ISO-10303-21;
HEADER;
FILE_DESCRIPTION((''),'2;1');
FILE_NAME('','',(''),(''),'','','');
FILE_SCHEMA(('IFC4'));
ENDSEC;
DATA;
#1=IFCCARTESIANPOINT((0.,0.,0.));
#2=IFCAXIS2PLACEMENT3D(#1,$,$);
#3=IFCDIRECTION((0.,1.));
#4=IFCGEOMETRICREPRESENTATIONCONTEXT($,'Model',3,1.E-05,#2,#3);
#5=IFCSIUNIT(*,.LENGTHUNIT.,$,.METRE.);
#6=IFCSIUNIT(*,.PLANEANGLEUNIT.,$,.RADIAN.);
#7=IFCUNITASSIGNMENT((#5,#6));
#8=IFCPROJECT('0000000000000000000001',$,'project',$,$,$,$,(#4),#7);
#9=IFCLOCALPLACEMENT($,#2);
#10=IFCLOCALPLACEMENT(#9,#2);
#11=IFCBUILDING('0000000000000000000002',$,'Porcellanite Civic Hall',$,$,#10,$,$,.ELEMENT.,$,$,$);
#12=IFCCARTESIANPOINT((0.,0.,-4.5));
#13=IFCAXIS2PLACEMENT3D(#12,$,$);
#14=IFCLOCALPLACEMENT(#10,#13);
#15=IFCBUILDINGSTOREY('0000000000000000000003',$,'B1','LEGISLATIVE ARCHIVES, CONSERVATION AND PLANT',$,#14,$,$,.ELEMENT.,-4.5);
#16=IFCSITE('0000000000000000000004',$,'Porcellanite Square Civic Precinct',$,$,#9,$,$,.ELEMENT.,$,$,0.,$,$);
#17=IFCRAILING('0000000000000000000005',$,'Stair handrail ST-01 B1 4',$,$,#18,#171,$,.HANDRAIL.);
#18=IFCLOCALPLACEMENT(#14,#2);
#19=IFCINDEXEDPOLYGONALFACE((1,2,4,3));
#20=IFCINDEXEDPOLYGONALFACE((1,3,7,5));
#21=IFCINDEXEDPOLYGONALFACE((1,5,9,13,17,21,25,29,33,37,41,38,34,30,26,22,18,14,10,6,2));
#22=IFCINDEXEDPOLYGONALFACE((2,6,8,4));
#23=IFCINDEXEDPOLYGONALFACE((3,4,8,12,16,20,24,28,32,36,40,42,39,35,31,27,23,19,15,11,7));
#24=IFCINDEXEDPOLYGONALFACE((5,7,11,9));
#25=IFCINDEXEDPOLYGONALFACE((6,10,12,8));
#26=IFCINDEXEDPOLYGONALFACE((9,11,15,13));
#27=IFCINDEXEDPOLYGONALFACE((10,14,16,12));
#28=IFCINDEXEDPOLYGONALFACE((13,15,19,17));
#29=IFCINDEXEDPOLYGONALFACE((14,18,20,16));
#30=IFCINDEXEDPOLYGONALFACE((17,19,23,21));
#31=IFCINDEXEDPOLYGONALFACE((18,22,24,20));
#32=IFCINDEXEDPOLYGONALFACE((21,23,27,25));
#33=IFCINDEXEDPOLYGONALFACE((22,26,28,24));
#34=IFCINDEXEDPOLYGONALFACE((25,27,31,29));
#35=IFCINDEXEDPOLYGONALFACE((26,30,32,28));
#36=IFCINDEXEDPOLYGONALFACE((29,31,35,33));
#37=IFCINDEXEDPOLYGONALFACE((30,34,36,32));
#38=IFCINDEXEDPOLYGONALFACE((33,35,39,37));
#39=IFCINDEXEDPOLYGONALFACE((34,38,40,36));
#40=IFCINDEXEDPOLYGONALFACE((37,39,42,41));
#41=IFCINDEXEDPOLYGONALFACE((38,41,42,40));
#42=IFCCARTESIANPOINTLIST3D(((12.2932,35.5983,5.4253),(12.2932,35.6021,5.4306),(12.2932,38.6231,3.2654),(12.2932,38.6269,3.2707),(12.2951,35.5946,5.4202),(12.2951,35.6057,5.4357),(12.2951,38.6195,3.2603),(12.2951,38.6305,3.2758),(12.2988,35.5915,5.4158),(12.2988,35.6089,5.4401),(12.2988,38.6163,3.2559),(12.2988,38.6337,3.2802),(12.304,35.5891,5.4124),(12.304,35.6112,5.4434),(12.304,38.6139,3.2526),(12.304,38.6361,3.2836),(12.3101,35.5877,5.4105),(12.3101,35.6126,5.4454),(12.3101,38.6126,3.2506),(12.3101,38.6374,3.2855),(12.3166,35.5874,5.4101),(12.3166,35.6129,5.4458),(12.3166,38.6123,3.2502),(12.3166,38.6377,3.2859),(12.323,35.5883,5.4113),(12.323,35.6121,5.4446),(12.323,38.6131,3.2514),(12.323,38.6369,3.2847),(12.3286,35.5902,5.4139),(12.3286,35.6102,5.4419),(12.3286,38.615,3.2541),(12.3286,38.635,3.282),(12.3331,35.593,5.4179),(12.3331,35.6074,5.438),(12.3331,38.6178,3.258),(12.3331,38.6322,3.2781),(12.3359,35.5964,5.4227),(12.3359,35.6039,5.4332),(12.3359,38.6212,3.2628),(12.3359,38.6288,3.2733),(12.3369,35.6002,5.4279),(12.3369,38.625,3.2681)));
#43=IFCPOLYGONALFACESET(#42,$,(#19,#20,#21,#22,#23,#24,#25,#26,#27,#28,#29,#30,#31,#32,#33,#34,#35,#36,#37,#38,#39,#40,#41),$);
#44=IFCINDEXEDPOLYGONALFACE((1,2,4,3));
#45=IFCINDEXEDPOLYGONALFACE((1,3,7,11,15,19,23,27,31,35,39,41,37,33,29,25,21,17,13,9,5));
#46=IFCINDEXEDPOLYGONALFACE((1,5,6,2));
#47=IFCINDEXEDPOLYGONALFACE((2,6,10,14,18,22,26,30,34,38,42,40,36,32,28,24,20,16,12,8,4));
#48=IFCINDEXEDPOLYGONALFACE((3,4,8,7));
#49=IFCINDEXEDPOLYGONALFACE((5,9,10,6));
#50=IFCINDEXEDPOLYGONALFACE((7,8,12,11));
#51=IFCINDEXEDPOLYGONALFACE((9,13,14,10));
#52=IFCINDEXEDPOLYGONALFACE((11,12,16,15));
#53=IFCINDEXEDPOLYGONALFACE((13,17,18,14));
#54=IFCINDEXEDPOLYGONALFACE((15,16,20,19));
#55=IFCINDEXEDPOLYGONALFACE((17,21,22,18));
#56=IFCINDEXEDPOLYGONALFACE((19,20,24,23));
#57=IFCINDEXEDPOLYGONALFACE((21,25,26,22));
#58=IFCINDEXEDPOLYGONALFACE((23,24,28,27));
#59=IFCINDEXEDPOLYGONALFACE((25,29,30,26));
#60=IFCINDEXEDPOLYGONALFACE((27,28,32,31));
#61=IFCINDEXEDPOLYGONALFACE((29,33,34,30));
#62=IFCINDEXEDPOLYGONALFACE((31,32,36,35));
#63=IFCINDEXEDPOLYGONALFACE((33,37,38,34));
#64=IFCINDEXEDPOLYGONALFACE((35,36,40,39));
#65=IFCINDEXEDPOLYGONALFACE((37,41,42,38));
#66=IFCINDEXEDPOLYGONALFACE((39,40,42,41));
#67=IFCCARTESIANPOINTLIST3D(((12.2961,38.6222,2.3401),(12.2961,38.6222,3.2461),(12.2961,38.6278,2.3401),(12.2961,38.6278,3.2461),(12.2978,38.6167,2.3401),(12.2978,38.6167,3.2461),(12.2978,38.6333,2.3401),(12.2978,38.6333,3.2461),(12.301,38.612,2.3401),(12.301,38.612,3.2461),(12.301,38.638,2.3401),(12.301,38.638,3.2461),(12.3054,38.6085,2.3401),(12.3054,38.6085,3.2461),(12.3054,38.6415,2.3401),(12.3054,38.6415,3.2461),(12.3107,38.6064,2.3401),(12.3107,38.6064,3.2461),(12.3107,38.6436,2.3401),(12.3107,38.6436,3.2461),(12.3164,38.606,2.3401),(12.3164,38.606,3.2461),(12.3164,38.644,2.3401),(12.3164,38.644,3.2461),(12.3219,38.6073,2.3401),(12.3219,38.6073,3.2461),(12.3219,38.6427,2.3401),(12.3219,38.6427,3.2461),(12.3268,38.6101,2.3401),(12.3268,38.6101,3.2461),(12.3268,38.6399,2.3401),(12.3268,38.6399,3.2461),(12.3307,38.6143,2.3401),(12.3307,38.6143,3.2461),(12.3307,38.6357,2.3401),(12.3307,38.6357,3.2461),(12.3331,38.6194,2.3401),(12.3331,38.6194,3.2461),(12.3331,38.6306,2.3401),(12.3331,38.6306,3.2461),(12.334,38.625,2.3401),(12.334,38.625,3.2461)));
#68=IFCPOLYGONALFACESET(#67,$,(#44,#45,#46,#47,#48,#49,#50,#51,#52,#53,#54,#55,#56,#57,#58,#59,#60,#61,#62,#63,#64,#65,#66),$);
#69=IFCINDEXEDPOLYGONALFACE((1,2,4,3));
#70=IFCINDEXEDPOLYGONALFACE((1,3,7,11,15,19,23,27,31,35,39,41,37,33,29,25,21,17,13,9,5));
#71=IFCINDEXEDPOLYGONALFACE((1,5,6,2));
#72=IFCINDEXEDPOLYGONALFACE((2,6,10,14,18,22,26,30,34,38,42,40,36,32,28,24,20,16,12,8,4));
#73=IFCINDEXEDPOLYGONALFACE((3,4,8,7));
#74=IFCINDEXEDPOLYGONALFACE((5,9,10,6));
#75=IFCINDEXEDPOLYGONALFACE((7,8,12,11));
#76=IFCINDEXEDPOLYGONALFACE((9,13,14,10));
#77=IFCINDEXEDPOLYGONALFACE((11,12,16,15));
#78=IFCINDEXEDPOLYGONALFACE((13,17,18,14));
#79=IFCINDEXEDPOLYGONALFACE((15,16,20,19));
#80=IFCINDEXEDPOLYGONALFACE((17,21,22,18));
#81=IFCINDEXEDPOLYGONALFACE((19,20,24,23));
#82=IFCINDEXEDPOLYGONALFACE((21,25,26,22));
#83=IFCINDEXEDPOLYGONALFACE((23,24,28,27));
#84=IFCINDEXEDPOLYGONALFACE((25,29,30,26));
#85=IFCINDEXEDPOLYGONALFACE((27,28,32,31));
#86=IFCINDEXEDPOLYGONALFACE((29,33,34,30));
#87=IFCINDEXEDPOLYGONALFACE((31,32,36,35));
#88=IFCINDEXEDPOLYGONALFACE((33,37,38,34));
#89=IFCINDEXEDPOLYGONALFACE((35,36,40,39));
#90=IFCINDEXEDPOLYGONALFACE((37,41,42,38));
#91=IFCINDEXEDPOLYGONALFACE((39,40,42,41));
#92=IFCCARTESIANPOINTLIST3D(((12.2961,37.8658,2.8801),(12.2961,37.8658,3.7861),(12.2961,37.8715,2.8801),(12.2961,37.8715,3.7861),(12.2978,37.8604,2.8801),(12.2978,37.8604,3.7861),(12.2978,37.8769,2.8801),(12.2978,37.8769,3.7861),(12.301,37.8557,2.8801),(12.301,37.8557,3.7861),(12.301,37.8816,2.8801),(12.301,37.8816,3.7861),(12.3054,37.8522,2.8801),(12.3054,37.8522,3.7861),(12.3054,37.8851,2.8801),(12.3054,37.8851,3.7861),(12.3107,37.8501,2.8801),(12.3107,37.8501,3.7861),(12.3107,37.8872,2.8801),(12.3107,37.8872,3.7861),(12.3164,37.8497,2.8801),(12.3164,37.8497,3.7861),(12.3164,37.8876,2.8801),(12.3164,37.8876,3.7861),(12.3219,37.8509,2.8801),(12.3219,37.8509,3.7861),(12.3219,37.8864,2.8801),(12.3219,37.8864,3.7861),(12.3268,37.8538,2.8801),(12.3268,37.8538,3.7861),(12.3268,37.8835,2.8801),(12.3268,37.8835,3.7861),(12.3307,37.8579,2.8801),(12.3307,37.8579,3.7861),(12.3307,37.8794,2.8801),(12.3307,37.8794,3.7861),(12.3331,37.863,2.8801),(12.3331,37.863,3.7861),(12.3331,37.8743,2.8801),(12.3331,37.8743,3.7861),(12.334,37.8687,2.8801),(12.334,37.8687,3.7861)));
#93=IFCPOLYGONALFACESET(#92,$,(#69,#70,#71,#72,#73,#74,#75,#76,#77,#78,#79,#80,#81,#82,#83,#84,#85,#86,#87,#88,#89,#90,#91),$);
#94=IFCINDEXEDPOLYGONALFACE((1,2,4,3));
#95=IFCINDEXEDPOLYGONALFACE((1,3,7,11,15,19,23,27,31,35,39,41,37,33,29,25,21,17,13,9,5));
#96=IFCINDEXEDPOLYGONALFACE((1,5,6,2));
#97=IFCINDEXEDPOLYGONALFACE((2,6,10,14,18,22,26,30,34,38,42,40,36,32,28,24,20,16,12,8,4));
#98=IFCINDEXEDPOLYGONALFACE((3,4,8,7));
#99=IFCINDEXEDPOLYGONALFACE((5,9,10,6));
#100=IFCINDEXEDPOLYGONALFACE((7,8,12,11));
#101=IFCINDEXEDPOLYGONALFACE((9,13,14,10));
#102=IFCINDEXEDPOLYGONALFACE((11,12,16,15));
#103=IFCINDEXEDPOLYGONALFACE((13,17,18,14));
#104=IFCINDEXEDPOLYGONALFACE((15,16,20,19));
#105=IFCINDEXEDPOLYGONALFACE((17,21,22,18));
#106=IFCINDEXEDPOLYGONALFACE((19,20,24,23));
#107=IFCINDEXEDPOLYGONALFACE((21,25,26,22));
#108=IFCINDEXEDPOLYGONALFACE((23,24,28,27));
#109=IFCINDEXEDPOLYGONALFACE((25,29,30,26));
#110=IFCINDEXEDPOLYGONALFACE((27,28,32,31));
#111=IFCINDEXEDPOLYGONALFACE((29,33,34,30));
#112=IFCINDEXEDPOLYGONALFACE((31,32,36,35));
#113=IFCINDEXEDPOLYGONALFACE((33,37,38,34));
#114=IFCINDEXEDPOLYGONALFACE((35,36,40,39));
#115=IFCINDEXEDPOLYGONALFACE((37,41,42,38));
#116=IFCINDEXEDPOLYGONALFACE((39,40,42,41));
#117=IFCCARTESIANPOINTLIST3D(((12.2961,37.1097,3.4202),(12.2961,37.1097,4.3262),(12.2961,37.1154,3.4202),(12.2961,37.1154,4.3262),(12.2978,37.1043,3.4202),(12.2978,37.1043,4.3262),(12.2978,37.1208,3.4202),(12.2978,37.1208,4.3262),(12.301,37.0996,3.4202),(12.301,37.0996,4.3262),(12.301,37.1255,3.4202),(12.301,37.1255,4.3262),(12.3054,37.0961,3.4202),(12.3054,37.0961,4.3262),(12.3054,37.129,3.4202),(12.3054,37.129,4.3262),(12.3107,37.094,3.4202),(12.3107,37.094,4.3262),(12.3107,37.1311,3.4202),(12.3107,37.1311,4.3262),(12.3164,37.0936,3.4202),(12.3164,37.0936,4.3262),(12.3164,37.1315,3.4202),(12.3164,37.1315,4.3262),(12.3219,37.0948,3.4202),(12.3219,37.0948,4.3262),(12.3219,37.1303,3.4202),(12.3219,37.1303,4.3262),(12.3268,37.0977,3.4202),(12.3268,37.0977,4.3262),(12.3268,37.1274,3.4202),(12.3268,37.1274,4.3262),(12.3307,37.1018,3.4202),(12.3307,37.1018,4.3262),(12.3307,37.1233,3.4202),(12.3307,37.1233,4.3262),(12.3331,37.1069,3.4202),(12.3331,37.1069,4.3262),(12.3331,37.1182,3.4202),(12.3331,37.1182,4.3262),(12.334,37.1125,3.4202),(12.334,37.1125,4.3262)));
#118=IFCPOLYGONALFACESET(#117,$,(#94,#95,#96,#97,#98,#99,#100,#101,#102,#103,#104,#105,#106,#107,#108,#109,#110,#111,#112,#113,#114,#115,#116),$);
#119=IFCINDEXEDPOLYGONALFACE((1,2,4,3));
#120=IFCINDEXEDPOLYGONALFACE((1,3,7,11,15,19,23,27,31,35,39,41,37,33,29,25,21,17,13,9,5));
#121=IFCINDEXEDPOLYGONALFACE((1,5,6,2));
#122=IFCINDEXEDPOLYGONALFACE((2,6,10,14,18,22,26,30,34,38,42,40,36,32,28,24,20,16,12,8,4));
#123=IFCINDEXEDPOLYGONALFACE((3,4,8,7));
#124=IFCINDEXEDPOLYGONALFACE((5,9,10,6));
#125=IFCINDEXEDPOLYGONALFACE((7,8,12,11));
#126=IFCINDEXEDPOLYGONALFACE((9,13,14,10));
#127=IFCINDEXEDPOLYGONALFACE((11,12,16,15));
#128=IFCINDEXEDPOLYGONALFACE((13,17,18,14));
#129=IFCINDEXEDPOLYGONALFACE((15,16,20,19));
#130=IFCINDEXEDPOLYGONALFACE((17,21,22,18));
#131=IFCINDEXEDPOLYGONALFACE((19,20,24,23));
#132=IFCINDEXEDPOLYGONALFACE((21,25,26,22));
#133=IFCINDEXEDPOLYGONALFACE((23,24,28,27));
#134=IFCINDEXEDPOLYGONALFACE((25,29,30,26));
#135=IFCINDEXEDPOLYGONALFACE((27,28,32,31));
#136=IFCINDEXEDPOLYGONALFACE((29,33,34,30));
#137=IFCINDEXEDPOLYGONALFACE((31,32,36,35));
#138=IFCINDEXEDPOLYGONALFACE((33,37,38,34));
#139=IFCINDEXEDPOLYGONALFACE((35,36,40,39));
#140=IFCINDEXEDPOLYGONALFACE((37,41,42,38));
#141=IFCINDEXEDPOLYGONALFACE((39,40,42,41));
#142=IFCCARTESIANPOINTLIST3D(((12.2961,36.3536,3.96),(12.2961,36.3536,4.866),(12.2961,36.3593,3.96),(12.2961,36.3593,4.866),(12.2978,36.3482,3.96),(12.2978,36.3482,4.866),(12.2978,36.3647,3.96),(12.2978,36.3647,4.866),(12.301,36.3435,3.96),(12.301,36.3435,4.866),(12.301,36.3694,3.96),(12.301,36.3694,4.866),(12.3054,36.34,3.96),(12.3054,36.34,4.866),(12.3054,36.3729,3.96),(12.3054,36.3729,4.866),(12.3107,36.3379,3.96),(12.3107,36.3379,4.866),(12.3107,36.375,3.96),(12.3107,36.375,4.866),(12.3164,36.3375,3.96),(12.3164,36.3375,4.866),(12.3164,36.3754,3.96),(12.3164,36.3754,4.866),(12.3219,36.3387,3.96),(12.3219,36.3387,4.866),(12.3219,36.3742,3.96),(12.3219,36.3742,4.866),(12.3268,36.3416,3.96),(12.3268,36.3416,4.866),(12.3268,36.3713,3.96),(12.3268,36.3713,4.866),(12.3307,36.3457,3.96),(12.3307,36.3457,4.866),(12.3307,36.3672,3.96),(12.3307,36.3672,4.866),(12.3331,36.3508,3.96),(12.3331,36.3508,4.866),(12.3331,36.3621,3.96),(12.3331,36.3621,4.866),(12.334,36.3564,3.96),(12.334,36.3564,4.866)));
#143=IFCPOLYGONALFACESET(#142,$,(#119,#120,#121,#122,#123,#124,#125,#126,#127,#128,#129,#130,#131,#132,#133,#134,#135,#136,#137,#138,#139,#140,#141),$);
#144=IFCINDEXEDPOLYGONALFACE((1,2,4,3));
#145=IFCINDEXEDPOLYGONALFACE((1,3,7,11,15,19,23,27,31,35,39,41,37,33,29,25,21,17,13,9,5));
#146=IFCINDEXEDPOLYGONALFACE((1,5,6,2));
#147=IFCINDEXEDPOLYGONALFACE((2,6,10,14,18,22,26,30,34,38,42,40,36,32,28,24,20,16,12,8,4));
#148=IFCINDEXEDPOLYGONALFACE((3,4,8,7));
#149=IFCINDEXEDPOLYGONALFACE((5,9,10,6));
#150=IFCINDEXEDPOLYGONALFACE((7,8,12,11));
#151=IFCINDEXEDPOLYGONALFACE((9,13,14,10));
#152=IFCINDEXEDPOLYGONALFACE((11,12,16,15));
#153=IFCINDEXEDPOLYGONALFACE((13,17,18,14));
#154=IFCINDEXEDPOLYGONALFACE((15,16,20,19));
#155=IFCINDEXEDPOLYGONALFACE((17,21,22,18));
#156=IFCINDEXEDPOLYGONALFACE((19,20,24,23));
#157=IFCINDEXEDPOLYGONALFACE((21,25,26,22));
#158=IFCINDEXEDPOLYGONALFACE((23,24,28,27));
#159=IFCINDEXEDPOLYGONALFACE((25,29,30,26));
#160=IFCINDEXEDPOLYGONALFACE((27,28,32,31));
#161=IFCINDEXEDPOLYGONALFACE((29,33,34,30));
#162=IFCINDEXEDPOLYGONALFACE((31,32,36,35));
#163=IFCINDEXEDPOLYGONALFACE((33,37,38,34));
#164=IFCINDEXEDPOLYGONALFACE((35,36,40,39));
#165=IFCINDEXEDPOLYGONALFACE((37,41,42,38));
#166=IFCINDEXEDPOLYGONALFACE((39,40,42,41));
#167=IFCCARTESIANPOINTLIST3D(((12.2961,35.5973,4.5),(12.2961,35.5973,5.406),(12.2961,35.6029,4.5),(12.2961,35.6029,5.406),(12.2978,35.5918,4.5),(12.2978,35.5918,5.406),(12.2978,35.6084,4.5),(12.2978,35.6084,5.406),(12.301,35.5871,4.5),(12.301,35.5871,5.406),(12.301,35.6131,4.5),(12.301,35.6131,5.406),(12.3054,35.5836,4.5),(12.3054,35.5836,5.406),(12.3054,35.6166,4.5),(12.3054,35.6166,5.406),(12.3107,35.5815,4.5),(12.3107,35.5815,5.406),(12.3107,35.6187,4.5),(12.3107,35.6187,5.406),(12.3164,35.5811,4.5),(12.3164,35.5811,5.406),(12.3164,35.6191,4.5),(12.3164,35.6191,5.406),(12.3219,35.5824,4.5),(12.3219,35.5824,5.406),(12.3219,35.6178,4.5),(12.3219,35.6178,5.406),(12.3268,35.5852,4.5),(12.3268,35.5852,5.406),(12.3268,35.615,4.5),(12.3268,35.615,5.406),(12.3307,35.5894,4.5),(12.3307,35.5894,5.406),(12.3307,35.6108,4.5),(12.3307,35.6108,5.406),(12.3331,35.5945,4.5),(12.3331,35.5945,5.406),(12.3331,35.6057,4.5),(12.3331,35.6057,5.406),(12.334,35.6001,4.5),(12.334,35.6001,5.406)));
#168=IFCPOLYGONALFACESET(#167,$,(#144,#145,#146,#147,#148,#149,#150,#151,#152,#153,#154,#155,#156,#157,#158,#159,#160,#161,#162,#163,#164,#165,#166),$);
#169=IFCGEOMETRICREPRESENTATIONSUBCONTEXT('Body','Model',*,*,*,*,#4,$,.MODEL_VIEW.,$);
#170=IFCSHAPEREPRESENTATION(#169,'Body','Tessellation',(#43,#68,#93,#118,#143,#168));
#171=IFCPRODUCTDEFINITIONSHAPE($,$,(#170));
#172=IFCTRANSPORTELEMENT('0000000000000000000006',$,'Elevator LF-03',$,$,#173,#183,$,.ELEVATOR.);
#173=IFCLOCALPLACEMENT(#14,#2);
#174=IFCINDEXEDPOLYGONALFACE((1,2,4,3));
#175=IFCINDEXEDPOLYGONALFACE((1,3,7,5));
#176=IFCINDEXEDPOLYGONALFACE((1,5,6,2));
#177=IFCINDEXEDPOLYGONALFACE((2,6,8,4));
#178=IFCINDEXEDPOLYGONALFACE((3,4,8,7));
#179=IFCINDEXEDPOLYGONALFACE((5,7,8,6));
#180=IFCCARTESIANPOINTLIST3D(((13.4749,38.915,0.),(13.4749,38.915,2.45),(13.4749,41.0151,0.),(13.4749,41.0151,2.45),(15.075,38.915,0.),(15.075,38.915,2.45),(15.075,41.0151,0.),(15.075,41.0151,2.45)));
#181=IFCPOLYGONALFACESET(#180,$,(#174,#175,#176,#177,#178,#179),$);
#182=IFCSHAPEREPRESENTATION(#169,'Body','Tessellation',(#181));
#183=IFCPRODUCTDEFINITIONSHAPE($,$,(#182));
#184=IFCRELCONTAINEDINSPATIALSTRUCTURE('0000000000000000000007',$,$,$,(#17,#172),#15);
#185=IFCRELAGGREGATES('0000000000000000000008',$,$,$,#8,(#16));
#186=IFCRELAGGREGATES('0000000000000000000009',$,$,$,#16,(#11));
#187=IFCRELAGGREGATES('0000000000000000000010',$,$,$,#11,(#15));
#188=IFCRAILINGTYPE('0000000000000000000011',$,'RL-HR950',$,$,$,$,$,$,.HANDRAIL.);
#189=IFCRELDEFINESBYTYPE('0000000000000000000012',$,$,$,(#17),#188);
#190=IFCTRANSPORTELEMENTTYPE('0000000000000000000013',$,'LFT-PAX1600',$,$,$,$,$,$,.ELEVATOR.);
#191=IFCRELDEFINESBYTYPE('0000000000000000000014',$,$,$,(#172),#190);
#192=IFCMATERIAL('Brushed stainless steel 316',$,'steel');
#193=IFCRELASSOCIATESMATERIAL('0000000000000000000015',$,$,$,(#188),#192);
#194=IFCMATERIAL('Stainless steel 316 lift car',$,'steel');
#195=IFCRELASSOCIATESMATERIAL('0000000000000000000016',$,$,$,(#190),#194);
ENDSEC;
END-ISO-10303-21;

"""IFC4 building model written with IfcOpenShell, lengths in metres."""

from ifc_helpers import new_model, si_unit, direction, frame, origin, origin_2d, place, context, subcontext, project, spatial, rectangle, circle, extrude, material, type_object, element, save


model = new_model("IFC4")

# Units and contexts
model_context = context("Model", 3, precision=1e-05, world=origin(), true_north=direction((0.0, 1.0)))
body_context = subcontext(model_context, "Body", "Model", "MODEL_VIEW")
ifc_project = project(units=[si_unit("LENGTHUNIT", "METRE"), si_unit("PLANEANGLEUNIT", "RADIAN")], contexts=[model_context])

# Site, building, storey
site_placement = place(None, origin())
site = spatial("IfcSite", under=ifc_project, at=site_placement, Name="Porcellanite Square Civic Precinct", CompositionType="ELEMENT", RefElevation=0.0)
building_placement = place(site_placement, origin())
building = spatial("IfcBuilding", under=site, at=building_placement, Name="Porcellanite Civic Hall", CompositionType="ELEMENT")
storey_placement = place(building_placement, frame((0.0, 0.0, -4.5)))
storey = spatial("IfcBuildingStorey", under=building, at=storey_placement, Name="B1", Description="LEGISLATIVE ARCHIVES, CONSERVATION AND PLANT", CompositionType="ELEMENT", Elevation=-4.5)

# Railing
ifc_material_1 = material(Name="Brushed stainless steel 316", Category="steel")
railing_type_1 = type_object("IfcRailingType", Name="RL-HR950", PredefinedType="HANDRAIL", material=ifc_material_1)
railing_1_placement = place(storey_placement, frame((12.3149, 38.625, 2.3401)))
element("IfcRailing", 1, at=railing_1_placement, inside=storey, type_object=railing_type_1, Name="Stair handrail ST-01 B1 4", PredefinedType="HANDRAIL", context=body_context, shape_type="SweptSolid", body=[
    extrude(circle(Radius=0.022, at=origin_2d()), frame((0.0, 0.0, 0.928), z_axis=(0.0, -0.813827, 0.581108), x_axis=(1.0, 0.0, 0.0)), (0.0, 0.0, 1.0), 3.7168),
    extrude(circle(Radius=0.019, at=origin_2d()), origin(), (0.0, 0.0, 1.0), 0.906),
    extrude(circle(Radius=0.019, at=origin_2d()), frame((0.0, -0.7563, 0.54)), (0.0, 0.0, 1.0), 0.906),
    extrude(circle(Radius=0.019, at=origin_2d()), frame((0.0, -1.5125, 1.0801)), (0.0, 0.0, 1.0), 0.906),
    extrude(circle(Radius=0.019, at=origin_2d()), frame((0.0, -2.2686, 1.6199)), (0.0, 0.0, 1.0), 0.906),
    extrude(circle(Radius=0.019, at=origin_2d()), frame((0.0, -3.0249, 2.1599)), (0.0, 0.0, 1.0), 0.906),
])

# Transport element
ifc_material_2 = material(Name="Stainless steel 316 lift car", Category="steel")
transport_element_type = type_object("IfcTransportElementType", Name="LFT-PAX1600", PredefinedType="ELEVATOR", material=ifc_material_2)
transport_element_placement = place(storey_placement, frame((14.2749, 39.9651, 0.0), z_axis=(0.0, 0.0, 1.0), x_axis=(1.0, 0.0, 0.0)))
element("IfcTransportElement", 2, at=transport_element_placement, inside=storey, type_object=transport_element_type, Name="Elevator LF-03", PredefinedType="ELEVATOR", context=body_context, shape_type="SweptSolid", body=[
    extrude(rectangle(XDim=1.6001, YDim=2.1001, at=origin_2d()), origin(), (0.0, 0.0, 1.0), 2.45),
])

save(model, "model.ifc")
